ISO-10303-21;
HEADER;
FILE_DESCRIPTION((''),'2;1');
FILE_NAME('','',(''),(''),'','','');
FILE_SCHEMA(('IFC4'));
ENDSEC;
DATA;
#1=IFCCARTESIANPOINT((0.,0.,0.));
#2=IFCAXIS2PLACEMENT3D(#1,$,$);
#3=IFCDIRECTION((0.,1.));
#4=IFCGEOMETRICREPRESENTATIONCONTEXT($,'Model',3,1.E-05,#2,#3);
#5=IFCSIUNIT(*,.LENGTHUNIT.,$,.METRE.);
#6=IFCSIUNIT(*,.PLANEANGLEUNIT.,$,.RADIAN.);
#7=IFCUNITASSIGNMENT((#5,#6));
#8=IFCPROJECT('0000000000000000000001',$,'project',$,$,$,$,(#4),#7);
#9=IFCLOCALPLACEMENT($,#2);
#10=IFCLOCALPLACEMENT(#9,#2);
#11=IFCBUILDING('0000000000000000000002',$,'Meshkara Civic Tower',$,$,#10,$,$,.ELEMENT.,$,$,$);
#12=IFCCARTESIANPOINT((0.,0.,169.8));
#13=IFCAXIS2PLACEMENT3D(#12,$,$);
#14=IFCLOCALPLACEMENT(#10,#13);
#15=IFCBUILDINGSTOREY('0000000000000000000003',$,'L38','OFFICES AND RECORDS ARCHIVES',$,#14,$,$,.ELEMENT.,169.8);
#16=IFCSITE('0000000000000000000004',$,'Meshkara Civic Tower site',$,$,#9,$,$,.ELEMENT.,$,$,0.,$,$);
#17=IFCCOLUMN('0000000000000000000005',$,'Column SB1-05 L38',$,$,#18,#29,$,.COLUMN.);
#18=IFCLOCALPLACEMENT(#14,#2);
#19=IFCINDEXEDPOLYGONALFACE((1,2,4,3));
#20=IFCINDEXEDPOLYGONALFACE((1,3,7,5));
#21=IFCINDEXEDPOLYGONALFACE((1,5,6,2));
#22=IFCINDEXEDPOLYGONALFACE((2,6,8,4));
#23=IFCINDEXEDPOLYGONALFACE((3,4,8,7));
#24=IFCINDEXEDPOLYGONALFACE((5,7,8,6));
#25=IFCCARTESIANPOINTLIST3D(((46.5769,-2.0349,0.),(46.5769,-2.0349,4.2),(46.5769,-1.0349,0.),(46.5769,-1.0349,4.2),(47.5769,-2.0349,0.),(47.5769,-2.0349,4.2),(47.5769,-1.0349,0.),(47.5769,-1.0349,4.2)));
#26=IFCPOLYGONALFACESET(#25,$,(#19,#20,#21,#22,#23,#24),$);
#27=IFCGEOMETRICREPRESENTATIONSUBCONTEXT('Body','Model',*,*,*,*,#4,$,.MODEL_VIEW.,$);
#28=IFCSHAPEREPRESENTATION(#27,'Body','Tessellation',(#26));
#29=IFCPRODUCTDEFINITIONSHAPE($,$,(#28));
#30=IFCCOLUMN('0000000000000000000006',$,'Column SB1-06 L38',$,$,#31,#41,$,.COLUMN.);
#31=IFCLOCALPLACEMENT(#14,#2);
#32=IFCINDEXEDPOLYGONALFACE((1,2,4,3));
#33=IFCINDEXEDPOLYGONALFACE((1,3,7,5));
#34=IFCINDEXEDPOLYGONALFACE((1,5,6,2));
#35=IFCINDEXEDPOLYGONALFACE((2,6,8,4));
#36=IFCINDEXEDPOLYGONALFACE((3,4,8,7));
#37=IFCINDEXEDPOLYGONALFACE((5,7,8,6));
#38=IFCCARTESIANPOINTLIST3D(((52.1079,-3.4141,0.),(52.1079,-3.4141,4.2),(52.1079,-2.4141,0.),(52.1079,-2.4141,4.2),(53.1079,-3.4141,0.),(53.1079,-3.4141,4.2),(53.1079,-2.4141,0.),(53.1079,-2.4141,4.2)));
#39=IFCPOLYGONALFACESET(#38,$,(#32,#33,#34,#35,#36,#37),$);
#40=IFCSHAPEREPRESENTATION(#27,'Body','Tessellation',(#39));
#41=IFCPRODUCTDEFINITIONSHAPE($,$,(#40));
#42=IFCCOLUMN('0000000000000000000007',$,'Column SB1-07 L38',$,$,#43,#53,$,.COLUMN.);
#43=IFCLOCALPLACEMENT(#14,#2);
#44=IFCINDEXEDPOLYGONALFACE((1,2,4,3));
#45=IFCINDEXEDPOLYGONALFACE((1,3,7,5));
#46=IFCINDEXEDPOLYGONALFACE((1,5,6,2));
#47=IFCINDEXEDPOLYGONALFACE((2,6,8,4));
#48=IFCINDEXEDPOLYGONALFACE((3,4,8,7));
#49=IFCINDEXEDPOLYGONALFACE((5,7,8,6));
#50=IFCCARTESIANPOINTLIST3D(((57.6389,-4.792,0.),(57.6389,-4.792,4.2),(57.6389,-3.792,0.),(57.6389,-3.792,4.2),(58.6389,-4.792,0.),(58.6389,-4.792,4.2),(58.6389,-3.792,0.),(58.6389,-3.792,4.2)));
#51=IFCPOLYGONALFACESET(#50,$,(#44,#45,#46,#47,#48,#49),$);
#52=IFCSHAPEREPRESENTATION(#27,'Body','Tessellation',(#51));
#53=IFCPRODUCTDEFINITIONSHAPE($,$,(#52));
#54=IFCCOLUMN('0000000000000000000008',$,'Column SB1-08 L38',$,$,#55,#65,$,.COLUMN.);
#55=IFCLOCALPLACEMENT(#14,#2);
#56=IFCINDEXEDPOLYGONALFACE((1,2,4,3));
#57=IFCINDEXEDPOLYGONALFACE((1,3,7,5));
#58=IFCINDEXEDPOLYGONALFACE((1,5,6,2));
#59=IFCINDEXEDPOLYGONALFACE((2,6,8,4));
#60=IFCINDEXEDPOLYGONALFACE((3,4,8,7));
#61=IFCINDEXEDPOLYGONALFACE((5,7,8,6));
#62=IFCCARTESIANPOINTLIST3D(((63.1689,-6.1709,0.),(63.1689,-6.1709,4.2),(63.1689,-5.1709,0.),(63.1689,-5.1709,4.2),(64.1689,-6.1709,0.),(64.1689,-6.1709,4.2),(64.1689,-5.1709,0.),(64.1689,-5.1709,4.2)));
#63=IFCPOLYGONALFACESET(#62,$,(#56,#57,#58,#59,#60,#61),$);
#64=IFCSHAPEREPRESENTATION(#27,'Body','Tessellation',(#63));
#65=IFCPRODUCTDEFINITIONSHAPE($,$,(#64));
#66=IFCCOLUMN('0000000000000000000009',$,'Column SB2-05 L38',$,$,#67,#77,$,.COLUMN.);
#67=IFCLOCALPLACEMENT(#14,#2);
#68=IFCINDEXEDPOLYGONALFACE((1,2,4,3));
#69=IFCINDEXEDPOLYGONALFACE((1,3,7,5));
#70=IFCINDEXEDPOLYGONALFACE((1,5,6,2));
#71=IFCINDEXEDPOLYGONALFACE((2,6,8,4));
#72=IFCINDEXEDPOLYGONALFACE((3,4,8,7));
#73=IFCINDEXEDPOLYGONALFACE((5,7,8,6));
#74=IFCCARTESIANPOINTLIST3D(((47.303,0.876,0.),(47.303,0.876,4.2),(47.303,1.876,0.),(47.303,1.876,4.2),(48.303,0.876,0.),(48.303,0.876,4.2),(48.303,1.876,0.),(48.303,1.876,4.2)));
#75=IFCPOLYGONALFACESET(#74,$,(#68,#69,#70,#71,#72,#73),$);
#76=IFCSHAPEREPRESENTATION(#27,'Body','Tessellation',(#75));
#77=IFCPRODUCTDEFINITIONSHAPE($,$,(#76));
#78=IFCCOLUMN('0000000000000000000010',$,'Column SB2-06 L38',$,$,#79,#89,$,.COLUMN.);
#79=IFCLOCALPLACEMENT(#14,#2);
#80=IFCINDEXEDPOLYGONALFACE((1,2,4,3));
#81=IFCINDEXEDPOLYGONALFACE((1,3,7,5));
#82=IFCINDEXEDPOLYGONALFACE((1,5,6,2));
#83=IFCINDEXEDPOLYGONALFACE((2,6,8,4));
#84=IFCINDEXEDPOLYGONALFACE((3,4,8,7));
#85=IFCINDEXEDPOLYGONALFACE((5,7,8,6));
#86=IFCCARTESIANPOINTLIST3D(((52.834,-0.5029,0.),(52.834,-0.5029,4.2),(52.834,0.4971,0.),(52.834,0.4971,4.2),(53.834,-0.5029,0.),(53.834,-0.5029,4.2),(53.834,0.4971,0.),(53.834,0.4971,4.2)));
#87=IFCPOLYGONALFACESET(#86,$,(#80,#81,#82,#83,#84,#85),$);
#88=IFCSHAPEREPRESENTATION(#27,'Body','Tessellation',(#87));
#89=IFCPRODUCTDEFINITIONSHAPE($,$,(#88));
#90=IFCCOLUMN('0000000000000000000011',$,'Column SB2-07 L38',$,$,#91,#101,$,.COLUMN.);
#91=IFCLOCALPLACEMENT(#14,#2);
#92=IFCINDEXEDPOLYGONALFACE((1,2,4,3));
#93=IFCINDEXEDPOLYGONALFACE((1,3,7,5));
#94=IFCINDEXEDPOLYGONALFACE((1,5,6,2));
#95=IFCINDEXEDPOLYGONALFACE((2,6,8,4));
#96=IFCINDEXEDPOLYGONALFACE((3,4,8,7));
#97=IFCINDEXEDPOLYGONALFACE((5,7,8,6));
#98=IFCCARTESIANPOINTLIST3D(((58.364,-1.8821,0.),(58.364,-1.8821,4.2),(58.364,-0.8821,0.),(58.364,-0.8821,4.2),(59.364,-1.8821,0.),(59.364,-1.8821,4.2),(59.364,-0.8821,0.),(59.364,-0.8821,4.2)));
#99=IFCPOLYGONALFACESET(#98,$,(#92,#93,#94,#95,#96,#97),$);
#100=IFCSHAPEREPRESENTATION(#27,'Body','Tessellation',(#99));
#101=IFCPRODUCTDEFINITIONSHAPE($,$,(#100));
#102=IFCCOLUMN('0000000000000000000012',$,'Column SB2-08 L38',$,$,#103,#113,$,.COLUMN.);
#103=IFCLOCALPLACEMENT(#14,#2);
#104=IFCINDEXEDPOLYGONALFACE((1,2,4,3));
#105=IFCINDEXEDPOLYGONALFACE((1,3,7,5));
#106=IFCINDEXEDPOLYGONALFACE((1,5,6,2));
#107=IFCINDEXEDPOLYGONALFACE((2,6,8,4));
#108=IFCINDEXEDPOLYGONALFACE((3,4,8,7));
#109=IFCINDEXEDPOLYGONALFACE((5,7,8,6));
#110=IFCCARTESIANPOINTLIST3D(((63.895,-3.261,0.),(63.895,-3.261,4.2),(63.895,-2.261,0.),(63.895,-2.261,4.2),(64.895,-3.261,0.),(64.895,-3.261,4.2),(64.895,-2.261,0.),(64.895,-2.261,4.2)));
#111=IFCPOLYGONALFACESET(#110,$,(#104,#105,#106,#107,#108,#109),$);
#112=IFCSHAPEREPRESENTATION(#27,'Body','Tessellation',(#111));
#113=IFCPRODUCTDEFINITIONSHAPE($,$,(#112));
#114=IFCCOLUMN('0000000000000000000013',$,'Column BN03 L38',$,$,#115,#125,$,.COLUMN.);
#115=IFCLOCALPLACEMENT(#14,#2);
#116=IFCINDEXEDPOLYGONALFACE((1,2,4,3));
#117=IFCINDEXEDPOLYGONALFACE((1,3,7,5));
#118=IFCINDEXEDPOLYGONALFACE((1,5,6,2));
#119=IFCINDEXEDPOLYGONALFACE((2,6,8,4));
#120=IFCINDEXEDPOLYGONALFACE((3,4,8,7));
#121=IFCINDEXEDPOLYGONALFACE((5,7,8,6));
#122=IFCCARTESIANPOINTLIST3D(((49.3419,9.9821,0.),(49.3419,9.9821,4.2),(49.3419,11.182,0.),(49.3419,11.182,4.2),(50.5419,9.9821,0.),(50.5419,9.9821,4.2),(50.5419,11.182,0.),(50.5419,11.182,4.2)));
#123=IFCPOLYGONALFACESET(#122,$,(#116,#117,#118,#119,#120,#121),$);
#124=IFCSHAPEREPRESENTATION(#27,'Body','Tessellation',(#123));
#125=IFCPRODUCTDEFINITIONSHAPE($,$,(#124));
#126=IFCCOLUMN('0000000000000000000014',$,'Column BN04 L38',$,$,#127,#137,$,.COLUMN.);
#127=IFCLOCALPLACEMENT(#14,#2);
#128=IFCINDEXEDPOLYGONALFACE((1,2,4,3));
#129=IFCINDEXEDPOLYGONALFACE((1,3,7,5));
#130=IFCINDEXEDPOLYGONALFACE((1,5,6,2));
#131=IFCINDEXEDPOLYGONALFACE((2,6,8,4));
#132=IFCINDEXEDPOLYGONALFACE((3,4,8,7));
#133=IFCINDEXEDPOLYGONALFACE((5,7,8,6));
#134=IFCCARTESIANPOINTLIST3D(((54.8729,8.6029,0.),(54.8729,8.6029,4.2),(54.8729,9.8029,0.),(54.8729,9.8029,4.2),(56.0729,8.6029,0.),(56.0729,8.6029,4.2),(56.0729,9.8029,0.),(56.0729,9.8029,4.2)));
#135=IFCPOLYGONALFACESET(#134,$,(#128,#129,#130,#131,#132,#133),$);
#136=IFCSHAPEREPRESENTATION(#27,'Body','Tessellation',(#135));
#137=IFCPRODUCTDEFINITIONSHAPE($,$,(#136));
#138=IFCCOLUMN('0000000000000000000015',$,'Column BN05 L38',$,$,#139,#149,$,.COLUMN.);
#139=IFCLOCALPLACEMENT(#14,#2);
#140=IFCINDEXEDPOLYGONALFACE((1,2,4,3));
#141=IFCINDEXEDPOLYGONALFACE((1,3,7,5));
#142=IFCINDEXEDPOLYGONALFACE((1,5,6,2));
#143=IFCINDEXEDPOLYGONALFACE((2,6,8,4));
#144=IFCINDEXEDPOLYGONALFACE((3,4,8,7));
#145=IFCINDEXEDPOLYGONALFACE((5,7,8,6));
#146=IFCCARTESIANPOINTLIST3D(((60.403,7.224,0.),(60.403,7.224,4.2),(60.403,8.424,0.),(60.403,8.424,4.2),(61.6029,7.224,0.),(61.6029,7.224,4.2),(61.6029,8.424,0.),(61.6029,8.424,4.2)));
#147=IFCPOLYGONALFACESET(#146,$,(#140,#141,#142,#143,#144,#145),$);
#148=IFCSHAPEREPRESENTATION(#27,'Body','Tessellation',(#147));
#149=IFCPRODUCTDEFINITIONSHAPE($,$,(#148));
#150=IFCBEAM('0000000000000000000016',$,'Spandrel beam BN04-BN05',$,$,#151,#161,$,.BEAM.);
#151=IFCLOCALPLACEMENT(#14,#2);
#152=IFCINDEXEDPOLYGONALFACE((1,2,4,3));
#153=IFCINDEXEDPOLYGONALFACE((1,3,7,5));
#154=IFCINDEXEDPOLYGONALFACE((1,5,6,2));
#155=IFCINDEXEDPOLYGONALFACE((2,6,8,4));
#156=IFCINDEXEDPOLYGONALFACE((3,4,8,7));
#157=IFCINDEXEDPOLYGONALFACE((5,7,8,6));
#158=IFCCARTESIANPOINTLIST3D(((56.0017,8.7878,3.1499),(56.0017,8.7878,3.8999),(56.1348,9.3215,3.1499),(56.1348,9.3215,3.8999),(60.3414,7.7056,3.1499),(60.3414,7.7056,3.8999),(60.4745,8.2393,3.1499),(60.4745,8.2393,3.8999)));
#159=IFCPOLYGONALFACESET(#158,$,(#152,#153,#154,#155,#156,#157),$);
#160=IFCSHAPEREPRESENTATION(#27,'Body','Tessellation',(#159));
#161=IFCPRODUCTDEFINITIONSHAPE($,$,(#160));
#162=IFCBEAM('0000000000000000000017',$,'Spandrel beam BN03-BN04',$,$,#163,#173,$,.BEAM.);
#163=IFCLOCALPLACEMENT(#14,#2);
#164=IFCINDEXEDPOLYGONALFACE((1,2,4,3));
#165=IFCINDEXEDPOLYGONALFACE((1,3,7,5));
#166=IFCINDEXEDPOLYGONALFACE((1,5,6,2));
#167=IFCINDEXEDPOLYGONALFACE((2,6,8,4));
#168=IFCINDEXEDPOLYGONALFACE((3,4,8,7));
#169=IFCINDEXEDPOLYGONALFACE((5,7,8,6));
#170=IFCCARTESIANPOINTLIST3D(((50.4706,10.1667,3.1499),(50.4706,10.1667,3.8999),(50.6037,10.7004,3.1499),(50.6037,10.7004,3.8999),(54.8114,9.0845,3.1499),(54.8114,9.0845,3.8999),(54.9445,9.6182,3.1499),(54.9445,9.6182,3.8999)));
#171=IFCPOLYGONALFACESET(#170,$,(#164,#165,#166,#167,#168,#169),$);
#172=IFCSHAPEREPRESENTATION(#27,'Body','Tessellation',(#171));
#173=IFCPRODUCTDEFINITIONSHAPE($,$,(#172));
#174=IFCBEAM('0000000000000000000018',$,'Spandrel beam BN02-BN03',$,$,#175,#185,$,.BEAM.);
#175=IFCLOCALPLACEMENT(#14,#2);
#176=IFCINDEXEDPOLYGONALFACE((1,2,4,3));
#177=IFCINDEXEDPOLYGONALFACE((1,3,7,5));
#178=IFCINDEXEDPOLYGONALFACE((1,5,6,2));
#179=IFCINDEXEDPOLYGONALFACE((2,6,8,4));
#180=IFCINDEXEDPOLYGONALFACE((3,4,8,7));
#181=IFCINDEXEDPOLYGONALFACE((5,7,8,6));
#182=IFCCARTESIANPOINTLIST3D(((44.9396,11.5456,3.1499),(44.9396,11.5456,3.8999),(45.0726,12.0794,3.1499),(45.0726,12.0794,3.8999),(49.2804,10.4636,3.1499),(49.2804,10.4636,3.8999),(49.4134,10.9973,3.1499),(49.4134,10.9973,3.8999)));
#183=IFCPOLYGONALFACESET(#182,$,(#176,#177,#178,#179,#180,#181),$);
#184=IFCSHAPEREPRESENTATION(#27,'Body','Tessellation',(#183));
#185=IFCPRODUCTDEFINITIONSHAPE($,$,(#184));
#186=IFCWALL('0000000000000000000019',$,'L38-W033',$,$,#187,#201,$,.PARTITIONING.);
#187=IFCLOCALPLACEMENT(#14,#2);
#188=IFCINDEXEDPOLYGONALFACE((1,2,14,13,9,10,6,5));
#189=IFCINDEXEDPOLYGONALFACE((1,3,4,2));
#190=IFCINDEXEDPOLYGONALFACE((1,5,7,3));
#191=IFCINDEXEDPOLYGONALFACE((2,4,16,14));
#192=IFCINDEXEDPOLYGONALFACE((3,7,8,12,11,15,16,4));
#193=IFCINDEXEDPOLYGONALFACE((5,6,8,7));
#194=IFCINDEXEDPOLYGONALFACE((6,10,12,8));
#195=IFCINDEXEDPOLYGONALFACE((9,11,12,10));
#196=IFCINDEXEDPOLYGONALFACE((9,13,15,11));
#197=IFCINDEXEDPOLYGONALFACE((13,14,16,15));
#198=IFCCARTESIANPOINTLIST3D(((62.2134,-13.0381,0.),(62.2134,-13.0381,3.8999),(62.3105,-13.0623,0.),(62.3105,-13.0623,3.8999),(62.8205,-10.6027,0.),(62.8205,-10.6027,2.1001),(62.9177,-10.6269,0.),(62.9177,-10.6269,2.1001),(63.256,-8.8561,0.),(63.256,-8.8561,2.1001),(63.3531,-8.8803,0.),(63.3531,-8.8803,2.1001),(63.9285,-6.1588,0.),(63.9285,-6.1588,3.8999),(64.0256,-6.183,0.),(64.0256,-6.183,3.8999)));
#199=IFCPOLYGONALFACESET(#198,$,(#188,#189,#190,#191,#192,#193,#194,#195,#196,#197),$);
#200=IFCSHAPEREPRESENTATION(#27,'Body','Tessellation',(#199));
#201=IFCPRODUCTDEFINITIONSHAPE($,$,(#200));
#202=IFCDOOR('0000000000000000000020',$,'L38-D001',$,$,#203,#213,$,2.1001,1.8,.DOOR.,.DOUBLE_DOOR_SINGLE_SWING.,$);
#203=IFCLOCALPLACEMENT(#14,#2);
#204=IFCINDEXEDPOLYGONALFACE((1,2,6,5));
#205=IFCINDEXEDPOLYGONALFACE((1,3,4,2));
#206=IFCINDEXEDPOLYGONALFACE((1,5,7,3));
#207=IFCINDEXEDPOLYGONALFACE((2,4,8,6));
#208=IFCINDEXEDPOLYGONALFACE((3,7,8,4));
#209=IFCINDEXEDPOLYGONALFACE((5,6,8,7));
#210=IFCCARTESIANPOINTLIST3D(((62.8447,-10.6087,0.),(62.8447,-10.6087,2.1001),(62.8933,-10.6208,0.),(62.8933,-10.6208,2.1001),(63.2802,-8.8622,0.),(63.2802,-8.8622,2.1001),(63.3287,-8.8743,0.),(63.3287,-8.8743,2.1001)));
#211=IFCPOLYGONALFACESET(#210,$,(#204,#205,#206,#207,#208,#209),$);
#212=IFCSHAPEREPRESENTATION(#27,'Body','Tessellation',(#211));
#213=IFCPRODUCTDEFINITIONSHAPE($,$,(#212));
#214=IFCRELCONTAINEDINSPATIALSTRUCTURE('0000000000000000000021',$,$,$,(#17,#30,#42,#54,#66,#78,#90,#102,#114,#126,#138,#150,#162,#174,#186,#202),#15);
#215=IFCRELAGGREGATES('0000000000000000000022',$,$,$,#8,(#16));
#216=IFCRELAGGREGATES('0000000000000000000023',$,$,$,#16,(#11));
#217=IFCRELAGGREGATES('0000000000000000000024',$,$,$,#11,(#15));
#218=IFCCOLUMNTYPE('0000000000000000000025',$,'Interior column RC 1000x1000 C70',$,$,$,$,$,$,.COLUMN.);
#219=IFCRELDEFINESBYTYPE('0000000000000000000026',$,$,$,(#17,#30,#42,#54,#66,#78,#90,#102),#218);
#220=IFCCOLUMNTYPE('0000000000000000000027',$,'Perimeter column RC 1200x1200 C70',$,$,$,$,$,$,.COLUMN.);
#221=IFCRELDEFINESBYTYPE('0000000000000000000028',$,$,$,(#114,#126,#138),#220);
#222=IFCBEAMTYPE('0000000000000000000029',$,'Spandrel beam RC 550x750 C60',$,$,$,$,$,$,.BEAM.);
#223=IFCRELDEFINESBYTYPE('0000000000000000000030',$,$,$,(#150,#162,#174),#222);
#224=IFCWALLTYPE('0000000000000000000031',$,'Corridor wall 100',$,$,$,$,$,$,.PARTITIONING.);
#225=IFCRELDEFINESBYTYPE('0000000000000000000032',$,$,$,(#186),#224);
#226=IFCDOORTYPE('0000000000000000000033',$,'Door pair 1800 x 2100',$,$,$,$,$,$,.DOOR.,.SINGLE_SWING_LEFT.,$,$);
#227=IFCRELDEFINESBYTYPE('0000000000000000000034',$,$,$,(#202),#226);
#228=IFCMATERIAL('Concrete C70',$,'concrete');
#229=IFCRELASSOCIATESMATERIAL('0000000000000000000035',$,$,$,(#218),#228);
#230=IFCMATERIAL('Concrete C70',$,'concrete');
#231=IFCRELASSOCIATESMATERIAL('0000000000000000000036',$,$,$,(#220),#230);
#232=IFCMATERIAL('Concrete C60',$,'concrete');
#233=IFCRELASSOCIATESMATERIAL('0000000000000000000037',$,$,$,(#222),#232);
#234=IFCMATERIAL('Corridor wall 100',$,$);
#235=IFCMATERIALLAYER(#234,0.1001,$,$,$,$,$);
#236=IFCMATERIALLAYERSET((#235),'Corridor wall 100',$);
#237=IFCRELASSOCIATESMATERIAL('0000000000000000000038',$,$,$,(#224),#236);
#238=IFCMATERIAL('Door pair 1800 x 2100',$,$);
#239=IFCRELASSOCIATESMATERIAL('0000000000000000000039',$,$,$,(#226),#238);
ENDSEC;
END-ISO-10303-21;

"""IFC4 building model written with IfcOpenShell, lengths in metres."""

from ifc_helpers import new_model, si_unit, direction, frame, frame_2d, origin, origin_2d, place, context, subcontext, project, spatial, rectangle, extrude, material, layer, layer_set, material_profile, profile_set, type_object, element, fill, save


model = new_model("IFC4")

# Units and contexts
model_context = context("Model", 3, precision=1e-05, world=origin(), true_north=direction((0.0, 1.0)))
body_context = subcontext(model_context, "Body", "Model", "MODEL_VIEW")
ifc_project = project(units=[si_unit("LENGTHUNIT", "METRE"), si_unit("PLANEANGLEUNIT", "RADIAN")], contexts=[model_context])

# Site, building, storey
site_placement = place(None, origin())
site = spatial("IfcSite", under=ifc_project, at=site_placement, Name="Meshkara Civic Tower site", CompositionType="ELEMENT", RefElevation=0.0)
building_placement = place(site_placement, origin())
building = spatial("IfcBuilding", under=site, at=building_placement, Name="Meshkara Civic Tower", CompositionType="ELEMENT")
storey_placement = place(building_placement, frame((0.0, 0.0, 169.8)))
storey = spatial("IfcBuildingStorey", under=building, at=storey_placement, Name="L38", Description="OFFICES AND RECORDS ARCHIVES", CompositionType="ELEMENT", Elevation=169.8)

# Columns
ifc_material_1 = material(Name="Concrete C70", Category="concrete")
ifc_material_profile_1 = material_profile(ifc_material_1, rectangle(XDim=1.0, YDim=1.0, at=origin_2d()))
ifc_profile_set_1 = profile_set([ifc_material_profile_1], Name="Concrete C70")
column_type_1 = type_object("IfcColumnType", Name="Interior column RC 1000x1000 C70", PredefinedType="COLUMN", material=ifc_profile_set_1)
for number, where, z_axis, x_axis, name in (
    (1, (47.0769, -1.5349, 0.0), (0.0, 0.0, 1.0), (1.0, 0.0, 0.0), "Column SB1-05 L38"),
    (2, (52.6079, -2.9141, 0.0), (0.0, 0.0, 1.0), (1.0, 0.0, 0.0), "Column SB1-06 L38"),
    (3, (58.1389, -4.292, 0.0), (0.0, 0.0, 1.0), (1.0, 0.0, 0.0), "Column SB1-07 L38"),
    (4, (63.6689, -5.6709, 0.0), (0.0, 0.0, 1.0), (1.0, 0.0, 0.0), "Column SB1-08 L38"),
    (5, (47.803, 1.376, 0.0), (0.0, 0.0, 1.0), (1.0, 0.0, 0.0), "Column SB2-05 L38"),
    (6, (53.334, -0.0029, 0.0), (0.0, 0.0, 1.0), (1.0, 0.0, 0.0), "Column SB2-06 L38"),
    (7, (58.864, -1.3821, 0.0), (0.0, 0.0, 1.0), (1.0, 0.0, 0.0), "Column SB2-07 L38"),
    (8, (64.395, -2.761, 0.0), (0.0, 0.0, 1.0), (1.0, 0.0, 0.0), "Column SB2-08 L38"),
):
    element("IfcColumn", number, at=place(storey_placement, frame(where, z_axis=z_axis, x_axis=x_axis)), inside=storey, type_object=column_type_1, Name=name, PredefinedType="COLUMN", context=body_context, shape_type="SweptSolid", body=[
        extrude(rectangle(XDim=1.0, YDim=1.0, at=origin_2d()), origin(), (0.0, 0.0, 1.0), 4.2),
    ])
ifc_material_2 = material(Name="Concrete C70", Category="concrete")
ifc_material_profile_2 = material_profile(ifc_material_2, rectangle(XDim=1.2, YDim=1.2, at=origin_2d()))
ifc_profile_set_2 = profile_set([ifc_material_profile_2], Name="Concrete C70")
column_type_2 = type_object("IfcColumnType", Name="Perimeter column RC 1200x1200 C70", PredefinedType="COLUMN", material=ifc_profile_set_2)
for number, where, z_axis, x_axis, name in (
    (9, (49.9419, 10.582, 0.0), (0.0, 0.0, 1.0), (1.0, 0.0, 0.0), "Column BN03 L38"),
    (10, (55.4729, 9.2029, 0.0), (0.0, 0.0, 1.0), (1.0, 0.0, 0.0), "Column BN04 L38"),
    (11, (61.0029, 7.824, 0.0), (0.0, 0.0, 1.0), (1.0, 0.0, 0.0), "Column BN05 L38"),
):
    element("IfcColumn", number, at=place(storey_placement, frame(where, z_axis=z_axis, x_axis=x_axis)), inside=storey, type_object=column_type_2, Name=name, PredefinedType="COLUMN", context=body_context, shape_type="SweptSolid", body=[
        extrude(rectangle(XDim=1.2, YDim=1.2, at=origin_2d()), origin(), (0.0, 0.0, 1.0), 4.2),
    ])

# Beams
ifc_material_3 = material(Name="Concrete C60", Category="concrete")
ifc_material_profile_3 = material_profile(ifc_material_3, rectangle(XDim=0.55, YDim=0.75, at=origin_2d()))
ifc_profile_set_3 = profile_set([ifc_material_profile_3], Name="Concrete C60")
beam_type = type_object("IfcBeamType", Name="Spandrel beam RC 550x750 C60", PredefinedType="BEAM", material=ifc_profile_set_3)
beam_placement = place(storey_placement, frame((60.408, 7.9724, 3.5249), z_axis=(-0.970284, 0.24197, 0.0), x_axis=(-0.24197, -0.970284, 0.0)))
element("IfcBeam", 12, at=beam_placement, inside=storey, type_object=beam_type, Name="Spandrel beam BN04-BN05", PredefinedType="BEAM", context=body_context, shape_type="SweptSolid", body=[
    extrude(rectangle(XDim=0.55, YDim=0.75, at=origin_2d()), origin(), (0.0, 0.0, 1.0), 4.4727),
])
for number, where, z_axis, x_axis, name in (
    (13, (54.8779, 9.3513, 3.5249), (-0.970296, 0.241919, 0.0), (-0.241919, -0.970296, 0.0), "Spandrel beam BN03-BN04"),
    (14, (49.3469, 10.7305, 3.5249), (-0.970309, 0.241868, 0.0), (-0.241868, -0.970309, 0.0), "Spandrel beam BN02-BN03"),
):
    element("IfcBeam", number, at=place(storey_placement, frame(where, z_axis=z_axis, x_axis=x_axis)), inside=storey, type_object=beam_type, Name=name, PredefinedType="BEAM", context=body_context, shape_type="SweptSolid", body=[
        extrude(rectangle(XDim=0.55, YDim=0.75, at=origin_2d()), origin(), (0.0, 0.0, 1.0), 4.4736),
    ])

# Wall, opening, door
ifc_material_4 = material(Name="Corridor wall 100")
ifc_layer_1 = layer(ifc_material_4, 0.1001)
ifc_layer_set_1 = layer_set([ifc_layer_1], Name="Corridor wall 100")
wall_type_1 = type_object("IfcWallType", Name="Corridor wall 100", PredefinedType="PARTITIONING", material=ifc_layer_set_1)
wall_1_placement = place(storey_placement, frame((63.9771, -6.1709, 0.0), z_axis=(0.0, 0.0, 1.0), x_axis=(-0.241912, -0.970298, 0.0)))
wall_1 = element("IfcWall", 15, at=wall_1_placement, inside=storey, type_object=wall_type_1, Name="L38-W033", PredefinedType="PARTITIONING", context=body_context, shape_type="SweptSolid", body=[
    extrude(rectangle(XDim=7.0898, YDim=0.1001, at=frame_2d((3.5449, 0.0))), origin(), (0.0, 0.0, 1.0), 3.8999),
])
opening_1_placement = place(wall_1_placement, frame((2.78, 0.0, 0.0)))
opening_1 = element("IfcOpeningElement", 16, at=opening_1_placement, cuts=wall_1, PredefinedType="OPENING", context=body_context, shape_type="SweptSolid", body=[
    extrude(rectangle(XDim=1.8, YDim=2.1001, at=frame_2d((0.8999, 1.05))), frame((0.0, 0.0601, 0.0), z_axis=(0.0, -1.0, 0.0), x_axis=(1.0, 0.0, 0.0)), (0.0, 0.0, 1.0), 0.1201),
])
ifc_material_5 = material(Name="Door pair 1800 x 2100")
door_type = type_object("IfcDoorType", Name="Door pair 1800 x 2100", OperationType="SINGLE_SWING_LEFT", PredefinedType="DOOR", material=ifc_material_5)
door_placement = place(opening_1_placement, origin())
door = element("IfcDoor", 17, at=door_placement, inside=storey, type_object=door_type, Name="L38-D001", OperationType="DOUBLE_DOOR_SINGLE_SWING", OverallHeight=2.1001, OverallWidth=1.8, PredefinedType="DOOR", context=body_context, shape_type="SweptSolid", body=[
    extrude(rectangle(XDim=1.8, YDim=2.1001, at=frame_2d((0.8999, 1.05))), frame((0.0, 0.0249, 0.0), z_axis=(0.0, -1.0, 0.0), x_axis=(1.0, 0.0, 0.0)), (0.0, 0.0, 1.0), 0.05),
])
fill(opening_1, door)

save(model, "model.ifc")
